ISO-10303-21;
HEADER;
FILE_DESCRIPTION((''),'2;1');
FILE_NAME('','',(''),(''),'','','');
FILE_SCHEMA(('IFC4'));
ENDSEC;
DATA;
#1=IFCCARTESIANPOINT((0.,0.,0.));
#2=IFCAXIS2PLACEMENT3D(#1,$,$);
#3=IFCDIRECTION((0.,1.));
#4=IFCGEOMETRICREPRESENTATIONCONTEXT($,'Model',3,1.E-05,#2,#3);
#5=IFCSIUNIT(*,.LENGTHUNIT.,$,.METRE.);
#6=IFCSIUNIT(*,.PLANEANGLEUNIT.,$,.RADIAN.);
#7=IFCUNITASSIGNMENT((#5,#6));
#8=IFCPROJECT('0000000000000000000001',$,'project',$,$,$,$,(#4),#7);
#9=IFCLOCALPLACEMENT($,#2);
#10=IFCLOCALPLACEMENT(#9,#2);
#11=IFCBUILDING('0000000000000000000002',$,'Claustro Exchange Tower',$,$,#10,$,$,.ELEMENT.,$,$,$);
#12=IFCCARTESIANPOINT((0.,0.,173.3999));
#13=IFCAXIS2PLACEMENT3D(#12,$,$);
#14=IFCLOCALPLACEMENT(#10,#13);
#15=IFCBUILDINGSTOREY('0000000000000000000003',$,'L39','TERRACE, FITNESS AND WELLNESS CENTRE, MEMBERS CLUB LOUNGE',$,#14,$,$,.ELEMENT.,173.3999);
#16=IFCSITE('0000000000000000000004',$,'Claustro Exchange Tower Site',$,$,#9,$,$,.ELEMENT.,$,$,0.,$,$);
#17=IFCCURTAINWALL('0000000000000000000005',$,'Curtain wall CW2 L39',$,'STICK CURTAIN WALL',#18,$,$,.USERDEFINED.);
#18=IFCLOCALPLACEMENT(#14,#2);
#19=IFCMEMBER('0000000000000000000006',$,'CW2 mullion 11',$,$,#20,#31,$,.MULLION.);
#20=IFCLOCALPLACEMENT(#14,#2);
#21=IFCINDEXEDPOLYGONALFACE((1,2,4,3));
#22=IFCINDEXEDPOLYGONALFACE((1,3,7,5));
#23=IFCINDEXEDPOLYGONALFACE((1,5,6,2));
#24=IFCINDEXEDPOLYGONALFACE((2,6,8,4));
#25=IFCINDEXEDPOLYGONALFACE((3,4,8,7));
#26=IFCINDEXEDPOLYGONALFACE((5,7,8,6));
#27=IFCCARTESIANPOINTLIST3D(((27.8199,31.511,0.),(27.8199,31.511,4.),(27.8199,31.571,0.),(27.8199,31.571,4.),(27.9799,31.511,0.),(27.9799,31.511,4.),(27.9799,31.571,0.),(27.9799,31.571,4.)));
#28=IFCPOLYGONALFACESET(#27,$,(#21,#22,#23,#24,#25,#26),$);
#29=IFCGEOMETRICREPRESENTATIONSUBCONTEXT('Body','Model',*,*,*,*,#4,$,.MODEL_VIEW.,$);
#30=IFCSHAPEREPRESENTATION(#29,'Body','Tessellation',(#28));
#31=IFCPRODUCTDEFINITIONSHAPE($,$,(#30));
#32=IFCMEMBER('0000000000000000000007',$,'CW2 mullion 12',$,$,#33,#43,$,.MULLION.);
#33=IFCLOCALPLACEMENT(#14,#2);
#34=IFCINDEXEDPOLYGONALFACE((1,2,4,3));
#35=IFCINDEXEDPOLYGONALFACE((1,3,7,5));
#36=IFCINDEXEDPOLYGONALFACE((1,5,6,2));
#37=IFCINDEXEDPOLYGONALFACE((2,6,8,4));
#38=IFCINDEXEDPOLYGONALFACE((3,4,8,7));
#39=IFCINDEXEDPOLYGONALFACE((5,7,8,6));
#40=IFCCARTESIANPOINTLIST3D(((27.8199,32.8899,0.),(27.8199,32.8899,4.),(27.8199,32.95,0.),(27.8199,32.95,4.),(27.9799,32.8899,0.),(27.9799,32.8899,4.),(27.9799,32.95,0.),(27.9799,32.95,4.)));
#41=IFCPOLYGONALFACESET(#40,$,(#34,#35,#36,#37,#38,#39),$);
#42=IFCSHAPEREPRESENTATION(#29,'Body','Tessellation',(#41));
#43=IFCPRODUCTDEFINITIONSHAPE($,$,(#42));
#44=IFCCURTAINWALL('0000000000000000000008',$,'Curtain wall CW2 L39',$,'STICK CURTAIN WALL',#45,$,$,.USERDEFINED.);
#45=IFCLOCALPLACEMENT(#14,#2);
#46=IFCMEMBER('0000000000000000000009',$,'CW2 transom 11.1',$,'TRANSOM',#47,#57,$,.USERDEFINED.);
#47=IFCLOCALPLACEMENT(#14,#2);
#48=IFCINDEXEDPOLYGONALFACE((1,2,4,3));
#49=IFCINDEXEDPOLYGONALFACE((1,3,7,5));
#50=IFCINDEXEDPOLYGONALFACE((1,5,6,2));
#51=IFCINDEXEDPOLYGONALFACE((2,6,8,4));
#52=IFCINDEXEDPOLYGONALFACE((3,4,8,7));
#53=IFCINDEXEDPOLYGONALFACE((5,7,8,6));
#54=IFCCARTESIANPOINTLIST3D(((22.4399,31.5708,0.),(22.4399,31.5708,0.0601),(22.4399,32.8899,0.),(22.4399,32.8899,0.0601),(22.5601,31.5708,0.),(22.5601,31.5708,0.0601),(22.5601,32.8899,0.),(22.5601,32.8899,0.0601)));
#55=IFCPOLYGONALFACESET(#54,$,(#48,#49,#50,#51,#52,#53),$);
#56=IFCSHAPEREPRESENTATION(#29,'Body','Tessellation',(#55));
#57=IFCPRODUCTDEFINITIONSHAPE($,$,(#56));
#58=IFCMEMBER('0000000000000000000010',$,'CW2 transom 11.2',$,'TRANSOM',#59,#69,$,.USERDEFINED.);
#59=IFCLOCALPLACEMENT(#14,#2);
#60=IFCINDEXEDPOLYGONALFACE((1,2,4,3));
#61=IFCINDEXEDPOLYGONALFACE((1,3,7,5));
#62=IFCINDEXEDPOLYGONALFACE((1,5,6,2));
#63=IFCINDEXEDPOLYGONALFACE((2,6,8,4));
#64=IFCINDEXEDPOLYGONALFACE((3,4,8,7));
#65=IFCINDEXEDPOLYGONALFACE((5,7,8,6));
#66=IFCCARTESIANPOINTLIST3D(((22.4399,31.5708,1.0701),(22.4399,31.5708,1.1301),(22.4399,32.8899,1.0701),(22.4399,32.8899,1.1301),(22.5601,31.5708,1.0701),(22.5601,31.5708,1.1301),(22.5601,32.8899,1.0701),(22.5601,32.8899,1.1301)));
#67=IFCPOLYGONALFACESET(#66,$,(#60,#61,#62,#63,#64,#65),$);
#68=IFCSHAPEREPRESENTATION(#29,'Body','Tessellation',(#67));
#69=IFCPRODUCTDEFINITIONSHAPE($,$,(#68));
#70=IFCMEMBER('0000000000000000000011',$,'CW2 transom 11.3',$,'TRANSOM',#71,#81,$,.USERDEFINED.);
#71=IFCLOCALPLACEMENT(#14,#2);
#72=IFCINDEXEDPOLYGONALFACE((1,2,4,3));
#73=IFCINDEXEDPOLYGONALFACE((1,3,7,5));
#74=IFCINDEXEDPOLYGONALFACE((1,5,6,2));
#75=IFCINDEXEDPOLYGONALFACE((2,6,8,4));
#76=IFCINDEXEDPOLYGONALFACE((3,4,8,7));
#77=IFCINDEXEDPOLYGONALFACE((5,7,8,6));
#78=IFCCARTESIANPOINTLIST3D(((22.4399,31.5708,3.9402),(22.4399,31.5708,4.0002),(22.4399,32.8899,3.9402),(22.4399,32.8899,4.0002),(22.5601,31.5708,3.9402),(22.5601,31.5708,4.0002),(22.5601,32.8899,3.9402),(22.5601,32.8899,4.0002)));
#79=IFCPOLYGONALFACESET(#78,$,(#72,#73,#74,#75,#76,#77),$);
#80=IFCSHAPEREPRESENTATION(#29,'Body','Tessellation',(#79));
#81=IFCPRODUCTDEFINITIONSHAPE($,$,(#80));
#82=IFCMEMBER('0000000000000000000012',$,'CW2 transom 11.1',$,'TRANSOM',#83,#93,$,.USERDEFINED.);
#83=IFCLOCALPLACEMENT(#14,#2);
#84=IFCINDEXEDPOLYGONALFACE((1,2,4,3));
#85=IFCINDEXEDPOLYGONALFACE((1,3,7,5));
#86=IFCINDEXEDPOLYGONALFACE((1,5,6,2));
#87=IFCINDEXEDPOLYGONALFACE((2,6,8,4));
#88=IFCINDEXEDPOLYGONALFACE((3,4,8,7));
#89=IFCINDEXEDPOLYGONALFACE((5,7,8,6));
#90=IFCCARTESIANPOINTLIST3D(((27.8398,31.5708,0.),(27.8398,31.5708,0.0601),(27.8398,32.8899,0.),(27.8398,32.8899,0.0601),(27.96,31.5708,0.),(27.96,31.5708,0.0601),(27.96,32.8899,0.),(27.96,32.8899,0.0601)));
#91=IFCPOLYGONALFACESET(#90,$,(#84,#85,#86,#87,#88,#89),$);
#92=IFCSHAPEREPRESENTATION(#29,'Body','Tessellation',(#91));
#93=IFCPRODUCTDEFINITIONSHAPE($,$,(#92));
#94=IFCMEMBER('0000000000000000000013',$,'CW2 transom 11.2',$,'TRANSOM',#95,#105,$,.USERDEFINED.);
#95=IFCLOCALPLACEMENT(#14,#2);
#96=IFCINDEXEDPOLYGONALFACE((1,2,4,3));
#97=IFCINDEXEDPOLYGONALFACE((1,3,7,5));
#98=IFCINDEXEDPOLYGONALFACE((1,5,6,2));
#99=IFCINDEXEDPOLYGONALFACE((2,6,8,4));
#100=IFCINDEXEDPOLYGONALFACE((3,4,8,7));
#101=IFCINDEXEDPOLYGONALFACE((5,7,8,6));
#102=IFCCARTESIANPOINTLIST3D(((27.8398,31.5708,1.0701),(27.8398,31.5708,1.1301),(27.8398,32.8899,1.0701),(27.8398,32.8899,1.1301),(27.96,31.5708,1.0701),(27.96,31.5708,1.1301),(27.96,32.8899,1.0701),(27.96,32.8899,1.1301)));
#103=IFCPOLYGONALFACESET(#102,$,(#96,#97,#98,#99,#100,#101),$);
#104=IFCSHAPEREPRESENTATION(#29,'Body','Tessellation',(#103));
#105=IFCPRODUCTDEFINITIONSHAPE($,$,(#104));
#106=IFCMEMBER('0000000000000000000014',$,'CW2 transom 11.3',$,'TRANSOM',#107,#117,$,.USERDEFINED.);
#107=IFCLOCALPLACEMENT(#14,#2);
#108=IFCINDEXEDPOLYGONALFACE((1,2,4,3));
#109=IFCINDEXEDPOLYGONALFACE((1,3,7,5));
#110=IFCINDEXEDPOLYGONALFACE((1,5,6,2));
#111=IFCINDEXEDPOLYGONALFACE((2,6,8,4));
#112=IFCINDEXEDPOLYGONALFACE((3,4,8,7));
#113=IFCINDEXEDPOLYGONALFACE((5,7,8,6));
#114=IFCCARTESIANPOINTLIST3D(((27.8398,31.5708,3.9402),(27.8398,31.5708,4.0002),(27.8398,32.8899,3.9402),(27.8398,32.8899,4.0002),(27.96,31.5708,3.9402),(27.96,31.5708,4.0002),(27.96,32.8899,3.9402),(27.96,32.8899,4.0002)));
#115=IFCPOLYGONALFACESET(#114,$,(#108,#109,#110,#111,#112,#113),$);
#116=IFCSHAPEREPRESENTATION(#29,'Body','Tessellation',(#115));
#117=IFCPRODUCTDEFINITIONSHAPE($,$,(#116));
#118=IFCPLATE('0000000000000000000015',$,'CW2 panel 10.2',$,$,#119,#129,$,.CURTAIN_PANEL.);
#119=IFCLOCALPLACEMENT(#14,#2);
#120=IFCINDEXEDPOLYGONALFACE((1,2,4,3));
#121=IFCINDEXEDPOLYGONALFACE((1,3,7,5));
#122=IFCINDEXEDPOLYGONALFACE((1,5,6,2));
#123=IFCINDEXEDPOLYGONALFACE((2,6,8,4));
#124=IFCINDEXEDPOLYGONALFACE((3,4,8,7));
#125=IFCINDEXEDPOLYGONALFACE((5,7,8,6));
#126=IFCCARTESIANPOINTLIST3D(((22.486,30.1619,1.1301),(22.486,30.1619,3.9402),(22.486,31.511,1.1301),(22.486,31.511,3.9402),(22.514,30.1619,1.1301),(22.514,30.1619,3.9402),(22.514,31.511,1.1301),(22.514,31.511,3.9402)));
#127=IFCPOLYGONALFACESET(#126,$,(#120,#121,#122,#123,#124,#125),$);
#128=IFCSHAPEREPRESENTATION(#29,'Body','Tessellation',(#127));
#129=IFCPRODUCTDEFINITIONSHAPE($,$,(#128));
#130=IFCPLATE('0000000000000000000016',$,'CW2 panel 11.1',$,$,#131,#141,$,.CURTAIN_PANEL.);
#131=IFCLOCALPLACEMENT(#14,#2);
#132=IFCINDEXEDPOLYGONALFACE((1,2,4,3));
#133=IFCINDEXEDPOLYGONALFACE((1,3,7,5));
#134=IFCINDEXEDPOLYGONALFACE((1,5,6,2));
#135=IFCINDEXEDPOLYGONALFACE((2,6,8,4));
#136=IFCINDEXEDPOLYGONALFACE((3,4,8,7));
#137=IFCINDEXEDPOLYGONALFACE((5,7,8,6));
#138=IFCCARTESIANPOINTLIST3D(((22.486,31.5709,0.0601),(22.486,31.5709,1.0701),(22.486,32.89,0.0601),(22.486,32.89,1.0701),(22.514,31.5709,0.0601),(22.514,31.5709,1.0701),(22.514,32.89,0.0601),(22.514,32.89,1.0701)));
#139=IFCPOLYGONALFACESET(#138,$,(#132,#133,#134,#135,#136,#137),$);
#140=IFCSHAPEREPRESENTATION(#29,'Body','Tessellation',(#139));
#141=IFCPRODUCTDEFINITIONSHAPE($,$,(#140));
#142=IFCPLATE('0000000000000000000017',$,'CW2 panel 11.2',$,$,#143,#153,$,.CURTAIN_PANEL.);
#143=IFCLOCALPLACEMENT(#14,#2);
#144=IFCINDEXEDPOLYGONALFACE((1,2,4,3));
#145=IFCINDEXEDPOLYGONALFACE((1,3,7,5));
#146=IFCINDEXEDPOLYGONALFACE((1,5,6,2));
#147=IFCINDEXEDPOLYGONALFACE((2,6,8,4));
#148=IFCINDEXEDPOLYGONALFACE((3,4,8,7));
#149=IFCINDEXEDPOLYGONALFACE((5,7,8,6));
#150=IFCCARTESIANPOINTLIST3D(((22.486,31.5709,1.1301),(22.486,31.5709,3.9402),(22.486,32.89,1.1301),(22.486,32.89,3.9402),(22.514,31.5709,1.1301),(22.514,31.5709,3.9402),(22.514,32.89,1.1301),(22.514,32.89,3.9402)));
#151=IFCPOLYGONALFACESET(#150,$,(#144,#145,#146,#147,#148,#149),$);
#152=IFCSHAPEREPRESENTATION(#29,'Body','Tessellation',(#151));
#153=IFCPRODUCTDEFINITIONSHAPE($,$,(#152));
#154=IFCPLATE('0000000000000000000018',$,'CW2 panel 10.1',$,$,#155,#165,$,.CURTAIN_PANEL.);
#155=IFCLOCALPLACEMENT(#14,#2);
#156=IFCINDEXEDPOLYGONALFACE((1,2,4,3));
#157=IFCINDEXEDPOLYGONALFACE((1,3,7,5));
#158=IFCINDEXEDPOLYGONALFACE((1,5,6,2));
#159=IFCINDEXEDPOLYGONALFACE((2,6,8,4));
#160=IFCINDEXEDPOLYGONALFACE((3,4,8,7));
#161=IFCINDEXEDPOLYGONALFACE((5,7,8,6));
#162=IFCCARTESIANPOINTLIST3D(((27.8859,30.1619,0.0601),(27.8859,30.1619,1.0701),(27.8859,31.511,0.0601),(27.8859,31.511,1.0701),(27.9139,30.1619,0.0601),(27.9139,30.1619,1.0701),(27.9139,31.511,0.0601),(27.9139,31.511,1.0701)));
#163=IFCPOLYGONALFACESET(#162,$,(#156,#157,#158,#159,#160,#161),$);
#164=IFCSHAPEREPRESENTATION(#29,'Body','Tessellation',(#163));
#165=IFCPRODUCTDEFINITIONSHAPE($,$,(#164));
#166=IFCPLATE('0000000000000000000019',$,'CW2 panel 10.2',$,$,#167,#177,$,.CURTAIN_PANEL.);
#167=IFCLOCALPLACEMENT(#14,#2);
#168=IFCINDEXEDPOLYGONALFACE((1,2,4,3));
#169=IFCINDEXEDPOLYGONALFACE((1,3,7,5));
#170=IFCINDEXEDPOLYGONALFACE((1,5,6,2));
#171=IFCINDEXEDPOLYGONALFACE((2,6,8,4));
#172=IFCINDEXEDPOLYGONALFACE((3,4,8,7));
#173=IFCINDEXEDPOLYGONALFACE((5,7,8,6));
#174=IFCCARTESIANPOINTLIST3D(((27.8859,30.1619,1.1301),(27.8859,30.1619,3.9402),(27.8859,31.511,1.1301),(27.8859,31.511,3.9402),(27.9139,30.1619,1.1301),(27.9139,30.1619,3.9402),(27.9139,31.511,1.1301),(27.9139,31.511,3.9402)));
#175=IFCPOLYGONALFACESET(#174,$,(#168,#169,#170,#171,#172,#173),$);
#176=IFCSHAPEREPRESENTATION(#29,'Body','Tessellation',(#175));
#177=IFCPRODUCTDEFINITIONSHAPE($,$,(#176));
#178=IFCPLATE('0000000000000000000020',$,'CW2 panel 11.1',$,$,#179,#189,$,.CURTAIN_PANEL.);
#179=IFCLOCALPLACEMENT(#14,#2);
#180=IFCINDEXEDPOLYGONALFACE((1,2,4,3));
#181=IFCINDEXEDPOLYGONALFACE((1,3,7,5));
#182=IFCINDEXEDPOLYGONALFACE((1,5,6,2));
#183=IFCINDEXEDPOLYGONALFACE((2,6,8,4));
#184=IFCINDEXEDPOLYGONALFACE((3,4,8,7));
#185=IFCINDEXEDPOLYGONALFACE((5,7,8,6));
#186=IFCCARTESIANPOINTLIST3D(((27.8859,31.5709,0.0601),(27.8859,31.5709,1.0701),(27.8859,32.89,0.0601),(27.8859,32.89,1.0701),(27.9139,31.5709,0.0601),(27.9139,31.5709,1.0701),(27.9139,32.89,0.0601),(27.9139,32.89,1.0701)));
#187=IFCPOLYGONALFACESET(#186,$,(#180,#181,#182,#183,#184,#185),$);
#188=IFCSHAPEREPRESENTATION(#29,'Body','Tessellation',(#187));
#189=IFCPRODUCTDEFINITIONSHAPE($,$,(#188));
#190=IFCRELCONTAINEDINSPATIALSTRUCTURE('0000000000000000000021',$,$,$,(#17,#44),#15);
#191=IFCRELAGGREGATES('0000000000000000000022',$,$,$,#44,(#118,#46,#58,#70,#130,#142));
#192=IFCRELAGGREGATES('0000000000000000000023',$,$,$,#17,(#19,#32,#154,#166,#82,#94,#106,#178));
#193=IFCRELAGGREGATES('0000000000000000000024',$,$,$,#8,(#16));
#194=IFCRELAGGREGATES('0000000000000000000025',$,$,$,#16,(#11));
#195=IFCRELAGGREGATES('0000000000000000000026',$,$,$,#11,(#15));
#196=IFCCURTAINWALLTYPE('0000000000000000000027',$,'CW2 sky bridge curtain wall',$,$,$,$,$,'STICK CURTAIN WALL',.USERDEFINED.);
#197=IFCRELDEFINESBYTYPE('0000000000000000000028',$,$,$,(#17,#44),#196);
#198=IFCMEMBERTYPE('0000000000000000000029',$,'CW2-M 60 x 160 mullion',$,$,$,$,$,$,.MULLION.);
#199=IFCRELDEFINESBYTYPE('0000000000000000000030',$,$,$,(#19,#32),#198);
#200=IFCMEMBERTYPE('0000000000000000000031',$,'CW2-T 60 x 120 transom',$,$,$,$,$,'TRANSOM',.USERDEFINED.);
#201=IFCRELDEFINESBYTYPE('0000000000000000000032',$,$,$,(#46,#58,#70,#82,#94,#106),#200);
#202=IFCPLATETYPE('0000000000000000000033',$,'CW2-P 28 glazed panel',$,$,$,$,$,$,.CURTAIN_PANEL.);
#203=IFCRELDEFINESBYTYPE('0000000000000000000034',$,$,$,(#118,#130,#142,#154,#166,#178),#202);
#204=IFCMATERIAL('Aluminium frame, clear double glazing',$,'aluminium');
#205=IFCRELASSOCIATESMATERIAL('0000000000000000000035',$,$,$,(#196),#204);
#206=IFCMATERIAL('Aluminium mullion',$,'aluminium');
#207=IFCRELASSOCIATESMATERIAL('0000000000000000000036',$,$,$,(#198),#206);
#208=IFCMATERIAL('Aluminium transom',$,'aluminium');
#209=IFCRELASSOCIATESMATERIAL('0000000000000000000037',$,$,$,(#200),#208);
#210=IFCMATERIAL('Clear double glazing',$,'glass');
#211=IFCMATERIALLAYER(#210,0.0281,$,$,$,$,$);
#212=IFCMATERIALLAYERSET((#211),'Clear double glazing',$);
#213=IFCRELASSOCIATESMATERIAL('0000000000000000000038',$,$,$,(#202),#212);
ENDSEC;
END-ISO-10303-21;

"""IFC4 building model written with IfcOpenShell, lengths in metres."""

from ifc_helpers import new_model, si_unit, direction, frame, origin, origin_2d, place, context, subcontext, project, spatial, rectangle, extrude, material, layer, layer_set, material_profile, profile_set, type_object, element, aggregate, save


model = new_model("IFC4")

# Units and contexts
model_context = context("Model", 3, precision=1e-05, world=origin(), true_north=direction((0.0, 1.0)))
body_context = subcontext(model_context, "Body", "Model", "MODEL_VIEW")
ifc_project = project(units=[si_unit("LENGTHUNIT", "METRE"), si_unit("PLANEANGLEUNIT", "RADIAN")], contexts=[model_context])

# Site, building, storey
site_placement = place(None, origin())
site = spatial("IfcSite", under=ifc_project, at=site_placement, Name="Claustro Exchange Tower Site", CompositionType="ELEMENT", RefElevation=0.0)
building_placement = place(site_placement, origin())
building = spatial("IfcBuilding", under=site, at=building_placement, Name="Claustro Exchange Tower", CompositionType="ELEMENT")
storey_placement = place(building_placement, frame((0.0, 0.0, 173.3999)))
storey = spatial("IfcBuildingStorey", under=building, at=storey_placement, Name="L39", Description="TERRACE, FITNESS AND WELLNESS CENTRE, MEMBERS CLUB LOUNGE", CompositionType="ELEMENT", Elevation=173.3999)

# Curtain walls, members
ifc_material_1 = material(Name="Aluminium frame, clear double glazing", Category="aluminium")
curtain_wall_type = type_object("IfcCurtainWallType", Name="CW2 sky bridge curtain wall", ElementType="STICK CURTAIN WALL", PredefinedType="USERDEFINED", material=ifc_material_1)
curtain_wall_1_placement = place(storey_placement, origin())
curtain_wall_1 = element("IfcCurtainWall", 1, at=curtain_wall_1_placement, inside=storey, type_object=curtain_wall_type, Name="Curtain wall CW2 L39", ObjectType="STICK CURTAIN WALL", PredefinedType="USERDEFINED")
ifc_material_2 = material(Name="Aluminium mullion", Category="aluminium")
ifc_material_profile_1 = material_profile(ifc_material_2, rectangle(XDim=0.1599, YDim=0.0601, at=origin_2d()), Name="CW2-M 60x160")
ifc_profile_set_1 = profile_set([ifc_material_profile_1], Name="Aluminium mullion")
member_type_1 = type_object("IfcMemberType", Name="CW2-M 60 x 160 mullion", PredefinedType="MULLION", material=ifc_profile_set_1)
member_1_placement = place(storey_placement, frame((27.8999, 31.541, 0.0), z_axis=(0.0, 0.0, 1.0), x_axis=(-1.0, 0.0, 0.0)))
member_1 = element("IfcMember", 2, at=member_1_placement, type_object=member_type_1, Name="CW2 mullion 11", PredefinedType="MULLION", context=body_context, shape_type="SweptSolid", body=[
    extrude(rectangle(XDim=0.1599, YDim=0.0601, at=origin_2d()), origin(), (0.0, 0.0, 1.0), 4.0),
])
member_2_placement = place(storey_placement, frame((27.8999, 32.9199, 0.0), z_axis=(0.0, 0.0, 1.0), x_axis=(-1.0, 0.0, 0.0)))
member_2 = element("IfcMember", 3, at=member_2_placement, type_object=member_type_1, Name="CW2 mullion 12", PredefinedType="MULLION", context=body_context, shape_type="SweptSolid", body=[
    extrude(rectangle(XDim=0.1599, YDim=0.0601, at=origin_2d()), origin(), (0.0, 0.0, 1.0), 4.0),
])
curtain_wall_2_placement = place(storey_placement, origin())
curtain_wall_2 = element("IfcCurtainWall", 4, at=curtain_wall_2_placement, inside=storey, type_object=curtain_wall_type, Name="Curtain wall CW2 L39", ObjectType="STICK CURTAIN WALL", PredefinedType="USERDEFINED")
ifc_material_3 = material(Name="Aluminium transom", Category="aluminium")
ifc_material_profile_2 = material_profile(ifc_material_3, rectangle(XDim=0.1201, YDim=0.0601, at=origin_2d()), Name="CW2-T 60x120")
ifc_profile_set_2 = profile_set([ifc_material_profile_2], Name="Aluminium transom")
member_type_2 = type_object("IfcMemberType", Name="CW2-T 60 x 120 transom", ElementType="TRANSOM", PredefinedType="USERDEFINED", material=ifc_profile_set_2)
member_3_placement = place(storey_placement, frame((22.5, 31.5708, 0.03), z_axis=(0.0, 1.0, 0.0), x_axis=(-1.0, 0.0, 0.0)))
member_3 = element("IfcMember", 5, at=member_3_placement, type_object=member_type_2, Name="CW2 transom 11.1", ObjectType="TRANSOM", PredefinedType="USERDEFINED", context=body_context, shape_type="SweptSolid", body=[
    extrude(rectangle(XDim=0.1201, YDim=0.0601, at=origin_2d()), origin(), (0.0, 0.0, 1.0), 1.3191),
])
member_4_placement = place(storey_placement, frame((22.5, 31.5708, 1.1001), z_axis=(0.0, 1.0, 0.0), x_axis=(-1.0, 0.0, 0.0)))
member_4 = element("IfcMember", 6, at=member_4_placement, type_object=member_type_2, Name="CW2 transom 11.2", ObjectType="TRANSOM", PredefinedType="USERDEFINED", context=body_context, shape_type="SweptSolid", body=[
    extrude(rectangle(XDim=0.1201, YDim=0.0601, at=origin_2d()), origin(), (0.0, 0.0, 1.0), 1.3191),
])
member_5_placement = place(storey_placement, frame((22.5, 31.5708, 3.9702), z_axis=(0.0, 1.0, 0.0), x_axis=(-1.0, 0.0, 0.0)))
member_5 = element("IfcMember", 7, at=member_5_placement, type_object=member_type_2, Name="CW2 transom 11.3", ObjectType="TRANSOM", PredefinedType="USERDEFINED", context=body_context, shape_type="SweptSolid", body=[
    extrude(rectangle(XDim=0.1201, YDim=0.0601, at=origin_2d()), origin(), (0.0, 0.0, 1.0), 1.3191),
])

# Members
member_6_placement = place(storey_placement, frame((27.8999, 31.5708, 0.03), z_axis=(0.0, 1.0, 0.0), x_axis=(-1.0, 0.0, 0.0)))
member_6 = element("IfcMember", 8, at=member_6_placement, type_object=member_type_2, Name="CW2 transom 11.1", ObjectType="TRANSOM", PredefinedType="USERDEFINED", context=body_context, shape_type="SweptSolid", body=[
    extrude(rectangle(XDim=0.1201, YDim=0.0601, at=origin_2d()), origin(), (0.0, 0.0, 1.0), 1.3191),
])
member_7_placement = place(storey_placement, frame((27.8999, 31.5708, 1.1001), z_axis=(0.0, 1.0, 0.0), x_axis=(-1.0, 0.0, 0.0)))
member_7 = element("IfcMember", 9, at=member_7_placement, type_object=member_type_2, Name="CW2 transom 11.2", ObjectType="TRANSOM", PredefinedType="USERDEFINED", context=body_context, shape_type="SweptSolid", body=[
    extrude(rectangle(XDim=0.1201, YDim=0.0601, at=origin_2d()), origin(), (0.0, 0.0, 1.0), 1.3191),
])
member_8_placement = place(storey_placement, frame((27.8999, 31.5708, 3.9702), z_axis=(0.0, 1.0, 0.0), x_axis=(-1.0, 0.0, 0.0)))
member_8 = element("IfcMember", 10, at=member_8_placement, type_object=member_type_2, Name="CW2 transom 11.3", ObjectType="TRANSOM", PredefinedType="USERDEFINED", context=body_context, shape_type="SweptSolid", body=[
    extrude(rectangle(XDim=0.1201, YDim=0.0601, at=origin_2d()), origin(), (0.0, 0.0, 1.0), 1.3191),
])

# Plates
ifc_material_4 = material(Name="Clear double glazing", Category="glass")
ifc_layer_1 = layer(ifc_material_4, 0.0281)
ifc_layer_set_1 = layer_set([ifc_layer_1], Name="Clear double glazing")
plate_type = type_object("IfcPlateType", Name="CW2-P 28 glazed panel", PredefinedType="CURTAIN_PANEL", material=ifc_layer_set_1)
plate_1_placement = place(storey_placement, frame((22.5, 30.8364, 1.1301), z_axis=(0.0, 0.0, 1.0), x_axis=(0.0, 1.0, 0.0)))
plate_1 = element("IfcPlate", 11, at=plate_1_placement, type_object=plate_type, Name="CW2 panel 10.2", PredefinedType="CURTAIN_PANEL", context=body_context, shape_type="SweptSolid", body=[
    extrude(rectangle(XDim=1.3491, YDim=0.0281, at=origin_2d()), origin(), (0.0, 0.0, 1.0), 2.8101),
])
plate_2_placement = place(storey_placement, frame((22.5, 32.2305, 0.0601), z_axis=(0.0, 0.0, 1.0), x_axis=(0.0, 1.0, 0.0)))
plate_2 = element("IfcPlate", 12, at=plate_2_placement, type_object=plate_type, Name="CW2 panel 11.1", PredefinedType="CURTAIN_PANEL", context=body_context, shape_type="SweptSolid", body=[
    extrude(rectangle(XDim=1.3191, YDim=0.0281, at=origin_2d()), origin(), (0.0, 0.0, 1.0), 1.01),
])
plate_3_placement = place(storey_placement, frame((22.5, 32.2305, 1.1301), z_axis=(0.0, 0.0, 1.0), x_axis=(0.0, 1.0, 0.0)))
plate_3 = element("IfcPlate", 13, at=plate_3_placement, type_object=plate_type, Name="CW2 panel 11.2", PredefinedType="CURTAIN_PANEL", context=body_context, shape_type="SweptSolid", body=[
    extrude(rectangle(XDim=1.3191, YDim=0.0281, at=origin_2d()), origin(), (0.0, 0.0, 1.0), 2.8101),
])
aggregate(curtain_wall_2, [plate_1, member_3, member_4, member_5, plate_2, plate_3])
plate_4_placement = place(storey_placement, frame((27.8999, 30.8364, 0.0601), z_axis=(0.0, 0.0, 1.0), x_axis=(0.0, 1.0, 0.0)))
plate_4 = element("IfcPlate", 14, at=plate_4_placement, type_object=plate_type, Name="CW2 panel 10.1", PredefinedType="CURTAIN_PANEL", context=body_context, shape_type="SweptSolid", body=[
    extrude(rectangle(XDim=1.3491, YDim=0.0281, at=origin_2d()), origin(), (0.0, 0.0, 1.0), 1.01),
])
plate_5_placement = place(storey_placement, frame((27.8999, 30.8364, 1.1301), z_axis=(0.0, 0.0, 1.0), x_axis=(0.0, 1.0, 0.0)))
plate_5 = element("IfcPlate", 15, at=plate_5_placement, type_object=plate_type, Name="CW2 panel 10.2", PredefinedType="CURTAIN_PANEL", context=body_context, shape_type="SweptSolid", body=[
    extrude(rectangle(XDim=1.3491, YDim=0.0281, at=origin_2d()), origin(), (0.0, 0.0, 1.0), 2.8101),
])
plate_6_placement = place(storey_placement, frame((27.8999, 32.2305, 0.0601), z_axis=(0.0, 0.0, 1.0), x_axis=(0.0, 1.0, 0.0)))
plate_6 = element("IfcPlate", 16, at=plate_6_placement, type_object=plate_type, Name="CW2 panel 11.1", PredefinedType="CURTAIN_PANEL", context=body_context, shape_type="SweptSolid", body=[
    extrude(rectangle(XDim=1.3191, YDim=0.0281, at=origin_2d()), origin(), (0.0, 0.0, 1.0), 1.01),
])
aggregate(curtain_wall_1, [member_1, member_2, plate_4, plate_5, member_6, member_7, member_8, plate_6])

save(model, "model.ifc")
